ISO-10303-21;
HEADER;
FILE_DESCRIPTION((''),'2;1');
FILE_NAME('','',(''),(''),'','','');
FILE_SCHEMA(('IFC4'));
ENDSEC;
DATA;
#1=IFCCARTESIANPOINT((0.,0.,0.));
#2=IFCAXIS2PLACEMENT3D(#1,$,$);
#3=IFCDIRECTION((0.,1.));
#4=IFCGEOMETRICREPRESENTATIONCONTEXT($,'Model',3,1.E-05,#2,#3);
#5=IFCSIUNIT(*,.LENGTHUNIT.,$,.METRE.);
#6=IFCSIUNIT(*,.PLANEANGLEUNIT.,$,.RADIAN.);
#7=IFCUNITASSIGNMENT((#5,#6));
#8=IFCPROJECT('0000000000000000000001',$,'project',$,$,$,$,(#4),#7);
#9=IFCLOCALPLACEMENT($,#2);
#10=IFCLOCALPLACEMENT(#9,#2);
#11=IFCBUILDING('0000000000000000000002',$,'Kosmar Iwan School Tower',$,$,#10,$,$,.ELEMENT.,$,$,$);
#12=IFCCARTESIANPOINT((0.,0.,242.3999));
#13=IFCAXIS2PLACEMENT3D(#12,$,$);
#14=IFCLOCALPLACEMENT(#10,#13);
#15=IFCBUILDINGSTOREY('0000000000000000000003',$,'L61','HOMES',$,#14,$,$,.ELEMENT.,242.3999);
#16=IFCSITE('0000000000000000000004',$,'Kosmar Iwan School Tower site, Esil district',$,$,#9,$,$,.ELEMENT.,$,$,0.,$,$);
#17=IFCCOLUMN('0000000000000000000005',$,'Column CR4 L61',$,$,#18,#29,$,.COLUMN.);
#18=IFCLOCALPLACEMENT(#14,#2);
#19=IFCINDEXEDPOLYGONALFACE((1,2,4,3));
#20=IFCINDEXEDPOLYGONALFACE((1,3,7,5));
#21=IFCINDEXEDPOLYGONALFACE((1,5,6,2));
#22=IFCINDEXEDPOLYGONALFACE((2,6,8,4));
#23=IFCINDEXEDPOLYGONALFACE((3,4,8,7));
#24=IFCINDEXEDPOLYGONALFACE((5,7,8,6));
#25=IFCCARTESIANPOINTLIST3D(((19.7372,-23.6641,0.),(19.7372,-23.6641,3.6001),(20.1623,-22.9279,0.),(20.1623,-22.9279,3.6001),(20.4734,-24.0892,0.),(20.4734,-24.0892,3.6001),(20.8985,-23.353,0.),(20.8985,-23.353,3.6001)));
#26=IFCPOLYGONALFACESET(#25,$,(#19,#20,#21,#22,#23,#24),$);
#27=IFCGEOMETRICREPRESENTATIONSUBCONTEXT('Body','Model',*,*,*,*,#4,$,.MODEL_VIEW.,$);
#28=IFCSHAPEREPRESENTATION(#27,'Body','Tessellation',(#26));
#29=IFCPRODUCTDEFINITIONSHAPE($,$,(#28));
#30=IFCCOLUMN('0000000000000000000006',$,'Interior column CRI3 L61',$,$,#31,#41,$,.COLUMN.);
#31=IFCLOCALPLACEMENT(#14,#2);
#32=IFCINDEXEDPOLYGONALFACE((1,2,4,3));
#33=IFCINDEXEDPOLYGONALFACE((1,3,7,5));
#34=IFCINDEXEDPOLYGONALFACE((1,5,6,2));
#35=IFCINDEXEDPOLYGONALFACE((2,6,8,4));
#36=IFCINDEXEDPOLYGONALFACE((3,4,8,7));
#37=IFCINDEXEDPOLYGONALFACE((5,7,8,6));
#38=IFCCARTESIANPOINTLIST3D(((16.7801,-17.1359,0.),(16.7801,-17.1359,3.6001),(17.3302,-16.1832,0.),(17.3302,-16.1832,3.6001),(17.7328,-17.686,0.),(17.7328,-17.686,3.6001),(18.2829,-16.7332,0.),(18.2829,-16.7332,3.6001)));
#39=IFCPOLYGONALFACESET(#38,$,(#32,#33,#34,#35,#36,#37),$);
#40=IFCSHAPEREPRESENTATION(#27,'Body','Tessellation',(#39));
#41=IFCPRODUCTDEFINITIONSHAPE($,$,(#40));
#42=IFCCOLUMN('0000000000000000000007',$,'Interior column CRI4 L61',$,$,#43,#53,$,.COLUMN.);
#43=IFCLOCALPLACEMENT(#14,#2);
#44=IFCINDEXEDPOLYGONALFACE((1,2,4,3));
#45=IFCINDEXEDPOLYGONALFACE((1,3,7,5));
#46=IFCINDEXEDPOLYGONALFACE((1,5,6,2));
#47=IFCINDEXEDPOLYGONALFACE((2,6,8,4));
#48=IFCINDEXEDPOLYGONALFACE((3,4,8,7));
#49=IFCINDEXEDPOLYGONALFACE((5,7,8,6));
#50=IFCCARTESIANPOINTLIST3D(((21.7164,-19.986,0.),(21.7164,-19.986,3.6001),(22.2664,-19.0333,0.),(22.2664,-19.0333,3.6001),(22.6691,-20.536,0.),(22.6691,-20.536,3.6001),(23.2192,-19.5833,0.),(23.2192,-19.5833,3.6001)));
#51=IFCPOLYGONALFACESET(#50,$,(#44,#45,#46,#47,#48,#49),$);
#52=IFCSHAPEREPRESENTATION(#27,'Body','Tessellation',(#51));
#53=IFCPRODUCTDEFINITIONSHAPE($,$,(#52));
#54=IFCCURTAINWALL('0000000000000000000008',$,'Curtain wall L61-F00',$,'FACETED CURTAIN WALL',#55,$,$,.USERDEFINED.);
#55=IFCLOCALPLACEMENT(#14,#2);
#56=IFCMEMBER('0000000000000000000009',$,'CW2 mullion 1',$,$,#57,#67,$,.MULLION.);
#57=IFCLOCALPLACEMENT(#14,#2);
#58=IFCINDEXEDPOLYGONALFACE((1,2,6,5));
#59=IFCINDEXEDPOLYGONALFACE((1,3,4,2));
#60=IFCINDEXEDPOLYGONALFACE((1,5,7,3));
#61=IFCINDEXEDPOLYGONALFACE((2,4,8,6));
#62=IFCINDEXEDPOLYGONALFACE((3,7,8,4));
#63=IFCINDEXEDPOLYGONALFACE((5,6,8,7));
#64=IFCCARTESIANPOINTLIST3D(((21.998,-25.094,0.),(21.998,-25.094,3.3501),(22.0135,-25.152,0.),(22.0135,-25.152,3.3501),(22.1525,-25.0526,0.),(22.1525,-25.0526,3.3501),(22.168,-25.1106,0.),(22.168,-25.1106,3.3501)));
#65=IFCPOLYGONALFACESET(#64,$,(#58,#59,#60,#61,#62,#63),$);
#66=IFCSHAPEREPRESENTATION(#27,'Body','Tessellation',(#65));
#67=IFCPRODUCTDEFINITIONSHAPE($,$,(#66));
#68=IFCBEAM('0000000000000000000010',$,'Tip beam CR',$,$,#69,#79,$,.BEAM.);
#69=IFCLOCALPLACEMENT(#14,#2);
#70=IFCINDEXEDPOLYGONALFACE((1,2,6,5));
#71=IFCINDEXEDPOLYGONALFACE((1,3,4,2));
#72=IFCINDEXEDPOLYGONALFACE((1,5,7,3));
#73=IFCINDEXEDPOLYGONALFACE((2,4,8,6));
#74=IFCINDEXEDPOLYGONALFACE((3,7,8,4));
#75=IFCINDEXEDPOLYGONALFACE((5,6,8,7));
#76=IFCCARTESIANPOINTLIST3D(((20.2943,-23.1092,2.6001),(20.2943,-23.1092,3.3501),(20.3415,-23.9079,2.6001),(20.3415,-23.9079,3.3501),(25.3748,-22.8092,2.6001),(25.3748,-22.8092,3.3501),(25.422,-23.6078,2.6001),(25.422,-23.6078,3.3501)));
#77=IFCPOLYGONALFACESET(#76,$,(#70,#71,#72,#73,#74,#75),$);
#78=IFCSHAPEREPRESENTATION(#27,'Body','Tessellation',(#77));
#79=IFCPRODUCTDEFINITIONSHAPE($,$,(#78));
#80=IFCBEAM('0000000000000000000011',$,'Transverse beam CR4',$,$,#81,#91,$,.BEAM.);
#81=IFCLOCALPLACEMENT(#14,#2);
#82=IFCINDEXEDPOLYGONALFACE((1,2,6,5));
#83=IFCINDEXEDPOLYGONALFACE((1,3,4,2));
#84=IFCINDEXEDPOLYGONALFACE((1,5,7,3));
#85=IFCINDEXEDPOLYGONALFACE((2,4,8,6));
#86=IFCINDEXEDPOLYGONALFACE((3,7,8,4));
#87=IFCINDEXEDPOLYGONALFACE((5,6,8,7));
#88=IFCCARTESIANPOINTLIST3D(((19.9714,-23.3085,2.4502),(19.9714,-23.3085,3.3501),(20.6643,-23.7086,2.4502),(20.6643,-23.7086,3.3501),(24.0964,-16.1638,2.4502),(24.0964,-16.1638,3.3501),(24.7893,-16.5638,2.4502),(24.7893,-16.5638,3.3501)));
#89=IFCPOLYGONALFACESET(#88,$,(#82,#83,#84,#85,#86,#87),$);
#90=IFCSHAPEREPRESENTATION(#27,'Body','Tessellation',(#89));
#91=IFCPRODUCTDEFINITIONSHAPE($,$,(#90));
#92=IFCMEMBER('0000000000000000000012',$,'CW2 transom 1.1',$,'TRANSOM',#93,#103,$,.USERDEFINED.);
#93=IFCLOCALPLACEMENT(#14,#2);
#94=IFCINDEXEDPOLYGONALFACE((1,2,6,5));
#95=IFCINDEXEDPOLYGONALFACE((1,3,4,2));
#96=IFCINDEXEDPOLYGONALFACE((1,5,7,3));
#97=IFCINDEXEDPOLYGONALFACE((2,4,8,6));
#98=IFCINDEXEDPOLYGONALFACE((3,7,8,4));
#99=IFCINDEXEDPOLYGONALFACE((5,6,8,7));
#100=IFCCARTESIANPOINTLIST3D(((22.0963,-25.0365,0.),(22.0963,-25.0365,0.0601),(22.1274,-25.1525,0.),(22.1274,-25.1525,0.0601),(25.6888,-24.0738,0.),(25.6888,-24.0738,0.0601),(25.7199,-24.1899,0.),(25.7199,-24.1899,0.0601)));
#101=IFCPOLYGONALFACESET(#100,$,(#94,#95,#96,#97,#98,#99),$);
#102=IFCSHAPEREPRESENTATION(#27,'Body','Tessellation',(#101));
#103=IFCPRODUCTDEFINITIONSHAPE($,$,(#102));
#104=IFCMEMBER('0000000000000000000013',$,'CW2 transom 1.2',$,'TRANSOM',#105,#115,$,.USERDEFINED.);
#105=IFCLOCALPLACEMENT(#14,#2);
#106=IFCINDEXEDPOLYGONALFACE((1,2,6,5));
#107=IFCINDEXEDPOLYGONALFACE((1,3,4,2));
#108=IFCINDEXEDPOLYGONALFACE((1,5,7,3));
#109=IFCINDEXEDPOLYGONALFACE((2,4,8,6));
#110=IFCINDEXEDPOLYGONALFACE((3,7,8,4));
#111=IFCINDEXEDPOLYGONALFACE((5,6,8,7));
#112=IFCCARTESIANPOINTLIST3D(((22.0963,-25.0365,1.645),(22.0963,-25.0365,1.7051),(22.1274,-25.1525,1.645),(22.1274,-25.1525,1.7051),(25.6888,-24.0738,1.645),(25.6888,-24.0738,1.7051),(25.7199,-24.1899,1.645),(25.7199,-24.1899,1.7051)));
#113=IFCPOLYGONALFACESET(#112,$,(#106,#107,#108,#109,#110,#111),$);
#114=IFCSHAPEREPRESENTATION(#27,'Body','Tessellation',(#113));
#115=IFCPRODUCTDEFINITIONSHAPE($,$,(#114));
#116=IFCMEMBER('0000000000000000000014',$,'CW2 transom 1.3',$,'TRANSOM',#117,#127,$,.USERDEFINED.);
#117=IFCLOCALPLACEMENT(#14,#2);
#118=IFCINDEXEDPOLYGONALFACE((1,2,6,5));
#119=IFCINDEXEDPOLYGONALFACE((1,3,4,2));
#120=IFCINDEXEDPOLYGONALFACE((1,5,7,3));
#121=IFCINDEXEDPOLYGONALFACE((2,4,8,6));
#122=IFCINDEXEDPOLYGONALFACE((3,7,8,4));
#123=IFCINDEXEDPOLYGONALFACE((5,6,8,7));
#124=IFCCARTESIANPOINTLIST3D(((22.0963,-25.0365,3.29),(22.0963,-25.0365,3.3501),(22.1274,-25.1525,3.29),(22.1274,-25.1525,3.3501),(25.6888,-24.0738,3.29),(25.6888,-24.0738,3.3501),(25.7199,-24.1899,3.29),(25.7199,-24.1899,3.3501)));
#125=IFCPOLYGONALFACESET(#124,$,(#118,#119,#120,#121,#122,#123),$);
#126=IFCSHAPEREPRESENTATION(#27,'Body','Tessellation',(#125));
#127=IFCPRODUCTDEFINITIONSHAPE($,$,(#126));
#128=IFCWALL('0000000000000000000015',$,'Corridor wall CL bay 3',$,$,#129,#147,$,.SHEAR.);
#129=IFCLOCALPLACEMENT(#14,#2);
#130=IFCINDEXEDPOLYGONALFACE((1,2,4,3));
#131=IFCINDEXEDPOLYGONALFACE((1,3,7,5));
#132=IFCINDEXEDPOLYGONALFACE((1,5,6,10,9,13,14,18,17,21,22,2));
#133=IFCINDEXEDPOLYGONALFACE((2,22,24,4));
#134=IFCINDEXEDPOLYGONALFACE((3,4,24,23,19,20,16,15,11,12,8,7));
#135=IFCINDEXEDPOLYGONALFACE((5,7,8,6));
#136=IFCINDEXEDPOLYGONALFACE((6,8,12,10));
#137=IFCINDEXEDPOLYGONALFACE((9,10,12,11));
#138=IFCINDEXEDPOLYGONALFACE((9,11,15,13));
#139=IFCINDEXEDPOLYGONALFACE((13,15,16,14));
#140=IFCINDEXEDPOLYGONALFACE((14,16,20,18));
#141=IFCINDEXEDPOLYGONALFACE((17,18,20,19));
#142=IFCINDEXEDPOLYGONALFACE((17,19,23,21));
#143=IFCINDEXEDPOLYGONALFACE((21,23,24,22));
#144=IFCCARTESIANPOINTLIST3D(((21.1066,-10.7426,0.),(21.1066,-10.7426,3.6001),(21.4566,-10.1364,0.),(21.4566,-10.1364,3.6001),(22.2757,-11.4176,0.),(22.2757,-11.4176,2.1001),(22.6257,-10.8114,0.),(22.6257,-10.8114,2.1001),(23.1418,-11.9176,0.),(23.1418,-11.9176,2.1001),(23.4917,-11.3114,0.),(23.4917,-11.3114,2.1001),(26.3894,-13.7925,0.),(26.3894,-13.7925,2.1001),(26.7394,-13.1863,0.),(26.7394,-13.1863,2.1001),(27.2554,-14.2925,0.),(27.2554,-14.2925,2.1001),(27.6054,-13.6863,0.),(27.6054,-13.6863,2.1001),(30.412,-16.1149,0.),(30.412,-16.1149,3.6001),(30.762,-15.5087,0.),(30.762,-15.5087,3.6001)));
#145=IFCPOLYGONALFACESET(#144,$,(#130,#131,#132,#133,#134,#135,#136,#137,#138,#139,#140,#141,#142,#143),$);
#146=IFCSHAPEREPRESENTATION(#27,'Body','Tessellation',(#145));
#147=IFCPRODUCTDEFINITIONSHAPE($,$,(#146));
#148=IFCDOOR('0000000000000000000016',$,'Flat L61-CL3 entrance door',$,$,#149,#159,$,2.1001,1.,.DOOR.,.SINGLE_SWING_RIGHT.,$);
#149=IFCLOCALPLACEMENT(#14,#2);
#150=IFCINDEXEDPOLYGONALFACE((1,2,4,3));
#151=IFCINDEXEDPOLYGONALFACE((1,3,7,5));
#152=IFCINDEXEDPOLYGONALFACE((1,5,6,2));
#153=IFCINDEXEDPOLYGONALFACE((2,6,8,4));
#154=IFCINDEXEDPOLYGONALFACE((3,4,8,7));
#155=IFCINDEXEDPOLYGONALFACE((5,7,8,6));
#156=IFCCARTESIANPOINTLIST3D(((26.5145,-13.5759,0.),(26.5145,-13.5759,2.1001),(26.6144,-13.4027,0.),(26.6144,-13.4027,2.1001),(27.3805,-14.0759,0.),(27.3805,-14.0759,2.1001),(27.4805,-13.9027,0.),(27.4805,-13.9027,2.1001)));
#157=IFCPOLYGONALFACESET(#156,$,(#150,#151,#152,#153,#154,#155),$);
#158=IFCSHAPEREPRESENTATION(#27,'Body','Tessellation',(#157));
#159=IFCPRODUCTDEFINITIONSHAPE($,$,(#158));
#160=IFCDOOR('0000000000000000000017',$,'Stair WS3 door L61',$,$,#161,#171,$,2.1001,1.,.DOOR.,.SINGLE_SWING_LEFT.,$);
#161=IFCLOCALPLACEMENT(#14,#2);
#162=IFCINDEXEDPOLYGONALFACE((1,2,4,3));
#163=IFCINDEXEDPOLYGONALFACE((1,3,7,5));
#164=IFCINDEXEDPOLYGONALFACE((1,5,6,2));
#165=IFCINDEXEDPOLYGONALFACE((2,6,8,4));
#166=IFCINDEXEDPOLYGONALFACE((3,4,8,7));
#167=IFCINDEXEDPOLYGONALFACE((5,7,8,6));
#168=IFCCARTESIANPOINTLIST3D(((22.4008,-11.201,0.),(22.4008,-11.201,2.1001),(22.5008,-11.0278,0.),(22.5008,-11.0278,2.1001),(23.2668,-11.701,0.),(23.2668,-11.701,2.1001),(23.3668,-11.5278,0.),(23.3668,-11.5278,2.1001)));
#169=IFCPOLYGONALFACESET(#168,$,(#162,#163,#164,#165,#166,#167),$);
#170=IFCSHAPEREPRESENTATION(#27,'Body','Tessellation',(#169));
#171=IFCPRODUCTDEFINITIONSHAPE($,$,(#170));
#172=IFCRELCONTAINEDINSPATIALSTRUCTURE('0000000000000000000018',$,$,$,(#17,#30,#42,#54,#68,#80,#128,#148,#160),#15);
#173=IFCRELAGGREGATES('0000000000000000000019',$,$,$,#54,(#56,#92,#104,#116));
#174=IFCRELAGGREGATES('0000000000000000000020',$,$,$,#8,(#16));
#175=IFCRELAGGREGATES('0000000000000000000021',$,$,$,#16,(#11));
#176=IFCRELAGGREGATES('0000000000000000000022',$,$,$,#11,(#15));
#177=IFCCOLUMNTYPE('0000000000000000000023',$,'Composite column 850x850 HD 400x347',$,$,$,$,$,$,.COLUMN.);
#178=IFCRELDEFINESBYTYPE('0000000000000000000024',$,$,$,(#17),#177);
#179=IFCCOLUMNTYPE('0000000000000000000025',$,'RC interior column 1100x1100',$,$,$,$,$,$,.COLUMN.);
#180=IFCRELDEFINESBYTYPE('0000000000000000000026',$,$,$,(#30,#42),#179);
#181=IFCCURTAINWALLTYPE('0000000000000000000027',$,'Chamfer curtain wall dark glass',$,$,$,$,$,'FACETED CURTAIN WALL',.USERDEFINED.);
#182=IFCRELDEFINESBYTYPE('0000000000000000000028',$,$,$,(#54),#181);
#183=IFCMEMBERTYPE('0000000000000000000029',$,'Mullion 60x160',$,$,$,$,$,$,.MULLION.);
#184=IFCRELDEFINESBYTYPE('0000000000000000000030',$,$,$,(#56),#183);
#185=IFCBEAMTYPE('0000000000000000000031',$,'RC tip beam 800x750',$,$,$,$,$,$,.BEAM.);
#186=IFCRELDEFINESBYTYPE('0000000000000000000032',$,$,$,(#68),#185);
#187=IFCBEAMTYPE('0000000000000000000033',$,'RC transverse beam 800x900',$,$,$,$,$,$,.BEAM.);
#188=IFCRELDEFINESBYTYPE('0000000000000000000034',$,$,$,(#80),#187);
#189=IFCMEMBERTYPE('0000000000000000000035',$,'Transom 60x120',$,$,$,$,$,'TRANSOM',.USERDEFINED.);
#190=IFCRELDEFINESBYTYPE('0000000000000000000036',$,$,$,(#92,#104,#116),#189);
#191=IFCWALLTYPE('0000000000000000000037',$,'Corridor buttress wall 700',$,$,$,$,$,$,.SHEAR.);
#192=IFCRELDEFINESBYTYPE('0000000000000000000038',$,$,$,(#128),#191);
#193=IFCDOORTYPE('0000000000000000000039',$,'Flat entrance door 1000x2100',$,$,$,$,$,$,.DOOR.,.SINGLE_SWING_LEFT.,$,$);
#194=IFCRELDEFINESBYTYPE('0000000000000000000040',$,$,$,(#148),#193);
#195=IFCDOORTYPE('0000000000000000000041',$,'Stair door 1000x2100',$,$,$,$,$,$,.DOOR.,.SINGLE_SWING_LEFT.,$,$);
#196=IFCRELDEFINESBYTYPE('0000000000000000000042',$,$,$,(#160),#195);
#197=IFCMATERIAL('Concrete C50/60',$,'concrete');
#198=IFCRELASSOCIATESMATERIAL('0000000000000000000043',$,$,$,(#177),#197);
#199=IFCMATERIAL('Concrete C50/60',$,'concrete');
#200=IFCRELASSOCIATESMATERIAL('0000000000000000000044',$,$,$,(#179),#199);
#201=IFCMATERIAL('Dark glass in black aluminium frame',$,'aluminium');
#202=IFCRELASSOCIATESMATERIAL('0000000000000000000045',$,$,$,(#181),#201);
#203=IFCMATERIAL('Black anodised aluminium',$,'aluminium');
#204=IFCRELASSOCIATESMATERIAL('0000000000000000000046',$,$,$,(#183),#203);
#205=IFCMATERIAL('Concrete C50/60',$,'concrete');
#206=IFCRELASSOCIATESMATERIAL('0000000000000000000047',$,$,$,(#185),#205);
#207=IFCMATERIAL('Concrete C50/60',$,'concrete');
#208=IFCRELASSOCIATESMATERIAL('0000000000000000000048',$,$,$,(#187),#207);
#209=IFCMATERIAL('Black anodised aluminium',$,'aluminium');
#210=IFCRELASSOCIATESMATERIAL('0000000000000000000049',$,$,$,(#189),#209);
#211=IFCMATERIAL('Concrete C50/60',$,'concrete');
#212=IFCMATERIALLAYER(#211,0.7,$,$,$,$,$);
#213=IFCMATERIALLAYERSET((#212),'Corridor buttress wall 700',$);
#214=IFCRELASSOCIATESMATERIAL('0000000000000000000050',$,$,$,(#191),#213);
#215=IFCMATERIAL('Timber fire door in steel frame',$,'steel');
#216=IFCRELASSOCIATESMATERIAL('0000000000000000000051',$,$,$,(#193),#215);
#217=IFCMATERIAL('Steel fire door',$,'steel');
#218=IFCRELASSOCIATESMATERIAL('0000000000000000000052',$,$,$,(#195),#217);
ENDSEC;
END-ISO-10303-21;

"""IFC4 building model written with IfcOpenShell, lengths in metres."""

from ifc_helpers import new_model, si_unit, direction, frame, frame_2d, origin, origin_2d, place, context, subcontext, project, spatial, rectangle, extrude, material, layer, layer_set, material_profile, profile_set, type_object, element, fill, aggregate, save


model = new_model("IFC4")

# Units and contexts
model_context = context("Model", 3, precision=1e-05, world=origin(), true_north=direction((0.0, 1.0)))
body_context = subcontext(model_context, "Body", "Model", "MODEL_VIEW")
ifc_project = project(units=[si_unit("LENGTHUNIT", "METRE"), si_unit("PLANEANGLEUNIT", "RADIAN")], contexts=[model_context])

# Site, building, storey
site_placement = place(None, origin())
site = spatial("IfcSite", under=ifc_project, at=site_placement, Name="Kosmar Iwan School Tower site, Esil district", CompositionType="ELEMENT", RefElevation=0.0)
building_placement = place(site_placement, origin())
building = spatial("IfcBuilding", under=site, at=building_placement, Name="Kosmar Iwan School Tower", CompositionType="ELEMENT")
storey_placement = place(building_placement, frame((0.0, 0.0, 242.3999)))
storey = spatial("IfcBuildingStorey", under=building, at=storey_placement, Name="L61", Description="HOMES", CompositionType="ELEMENT", Elevation=242.3999)

# Columns
ifc_material_1 = material(Name="Concrete C50/60", Category="concrete")
ifc_material_profile_1 = material_profile(ifc_material_1, rectangle(XDim=0.8501, YDim=0.8501, at=origin_2d()), Name="RC 850x850 + HD 400x347")
ifc_profile_set_1 = profile_set([ifc_material_profile_1], Name="Concrete C50/60")
column_type_1 = type_object("IfcColumnType", Name="Composite column 850x850 HD 400x347", PredefinedType="COLUMN", material=ifc_profile_set_1)
column_placement = place(storey_placement, frame((20.3179, -23.5085, 0.0), z_axis=(0.0, 0.0, 1.0), x_axis=(0.866025, -0.5, 0.0)))
element("IfcColumn", 1, at=column_placement, inside=storey, type_object=column_type_1, Name="Column CR4 L61", PredefinedType="COLUMN", context=body_context, shape_type="SweptSolid", body=[
    extrude(rectangle(XDim=0.8501, YDim=0.8501, at=origin_2d()), origin(), (0.0, 0.0, 1.0), 3.6001),
])
ifc_material_2 = material(Name="Concrete C50/60", Category="concrete")
ifc_material_profile_2 = material_profile(ifc_material_2, rectangle(XDim=1.1001, YDim=1.1001, at=origin_2d()), Name="RC 1100x1100")
ifc_profile_set_2 = profile_set([ifc_material_profile_2], Name="Concrete C50/60")
column_type_2 = type_object("IfcColumnType", Name="RC interior column 1100x1100", PredefinedType="COLUMN", material=ifc_profile_set_2)
for number, where, z_axis, x_axis, name in (
    (2, (17.5315, -16.9346, 0.0), (0.0, 0.0, 1.0), (0.866025, -0.5, 0.0), "Interior column CRI3 L61"),
    (3, (22.4678, -19.7847, 0.0), (0.0, 0.0, 1.0), (0.866025, -0.5, 0.0), "Interior column CRI4 L61"),
):
    element("IfcColumn", number, at=place(storey_placement, frame(where, z_axis=z_axis, x_axis=x_axis)), inside=storey, type_object=column_type_2, Name=name, PredefinedType="COLUMN", context=body_context, shape_type="SweptSolid", body=[
        extrude(rectangle(XDim=1.1001, YDim=1.1001, at=origin_2d()), origin(), (0.0, 0.0, 1.0), 3.6001),
    ])

# Curtain wall, member
ifc_material_3 = material(Name="Dark glass in black aluminium frame", Category="aluminium")
curtain_wall_type = type_object("IfcCurtainWallType", Name="Chamfer curtain wall dark glass", ElementType="FACETED CURTAIN WALL", PredefinedType="USERDEFINED", material=ifc_material_3)
curtain_wall_placement = place(storey_placement, origin())
curtain_wall = element("IfcCurtainWall", 4, at=curtain_wall_placement, inside=storey, type_object=curtain_wall_type, Name="Curtain wall L61-F00", ObjectType="FACETED CURTAIN WALL", PredefinedType="USERDEFINED")
ifc_material_4 = material(Name="Black anodised aluminium", Category="aluminium")
ifc_material_profile_3 = material_profile(ifc_material_4, rectangle(XDim=0.0601, YDim=0.1599, at=origin_2d()), Name="MULLION 60x160")
ifc_profile_set_3 = profile_set([ifc_material_profile_3], Name="Black anodised aluminium")
member_type_1 = type_object("IfcMemberType", Name="Mullion 60x160", PredefinedType="MULLION", material=ifc_profile_set_3)
member_1_placement = place(storey_placement, frame((22.083, -25.1023, 0.0), z_axis=(0.0, 0.0, 1.0), x_axis=(-0.258819, 0.965926, 0.0)))
member_1 = element("IfcMember", 5, at=member_1_placement, type_object=member_type_1, Name="CW2 mullion 1", PredefinedType="MULLION", context=body_context, shape_type="SweptSolid", body=[
    extrude(rectangle(XDim=0.0601, YDim=0.1599, at=origin_2d()), origin(), (0.0, 0.0, 1.0), 3.3501),
])

# Beams
ifc_material_5 = material(Name="Concrete C50/60", Category="concrete")
ifc_material_profile_4 = material_profile(ifc_material_5, rectangle(XDim=0.8, YDim=0.75, at=origin_2d()), Name="RC 800x750")
ifc_profile_set_4 = profile_set([ifc_material_profile_4], Name="Concrete C50/60")
beam_type_1 = type_object("IfcBeamType", Name="RC tip beam 800x750", PredefinedType="BEAM", material=ifc_profile_set_4)
beam_1_placement = place(storey_placement, frame((20.3179, -23.5085, 2.9751), z_axis=(0.998261, 0.058955, 0.0), x_axis=(-0.058955, 0.998261, 0.0)))
element("IfcBeam", 6, at=beam_1_placement, inside=storey, type_object=beam_type_1, Name="Tip beam CR", PredefinedType="BEAM", context=body_context, shape_type="SweptSolid", body=[
    extrude(rectangle(XDim=0.8, YDim=0.75, at=origin_2d()), origin(), (0.0, 0.0, 1.0), 5.0894),
])
ifc_material_6 = material(Name="Concrete C50/60", Category="concrete")
ifc_material_profile_5 = material_profile(ifc_material_6, rectangle(XDim=0.8, YDim=0.8999, at=origin_2d()), Name="RC 800x900")
ifc_profile_set_5 = profile_set([ifc_material_profile_5], Name="Concrete C50/60")
beam_type_2 = type_object("IfcBeamType", Name="RC transverse beam 800x900", PredefinedType="BEAM", material=ifc_profile_set_5)
beam_2_placement = place(storey_placement, frame((20.3179, -23.5085, 2.9001), z_axis=(0.499997, 0.866027, 0.0), x_axis=(-0.866027, 0.499997, 0.0)))
element("IfcBeam", 7, at=beam_2_placement, inside=storey, type_object=beam_type_2, Name="Transverse beam CR4", PredefinedType="BEAM", context=body_context, shape_type="SweptSolid", body=[
    extrude(rectangle(XDim=0.8, YDim=0.8999, at=origin_2d()), origin(), (0.0, 0.0, 1.0), 8.25),
])

# Members
ifc_material_7 = material(Name="Black anodised aluminium", Category="aluminium")
ifc_material_profile_6 = material_profile(ifc_material_7, rectangle(XDim=0.1201, YDim=0.0601, at=origin_2d()), Name="TRANSOM 60x120")
ifc_profile_set_6 = profile_set([ifc_material_profile_6], Name="Black anodised aluminium")
member_type_2 = type_object("IfcMemberType", Name="Transom 60x120", ElementType="TRANSOM", PredefinedType="USERDEFINED", material=ifc_profile_set_6)
member_2_placement = place(storey_placement, frame((22.1118, -25.0945, 0.03), z_axis=(0.965924, 0.258827, 0.0), x_axis=(-0.258827, 0.965924, 0.0)))
member_2 = element("IfcMember", 8, at=member_2_placement, type_object=member_type_2, Name="CW2 transom 1.1", ObjectType="TRANSOM", PredefinedType="USERDEFINED", context=body_context, shape_type="SweptSolid", body=[
    extrude(rectangle(XDim=0.1201, YDim=0.0601, at=origin_2d()), origin(), (0.0, 0.0, 1.0), 3.7192),
])
member_3_placement = place(storey_placement, frame((22.1118, -25.0945, 1.675), z_axis=(0.965924, 0.258827, 0.0), x_axis=(-0.258827, 0.965924, 0.0)))
member_3 = element("IfcMember", 9, at=member_3_placement, type_object=member_type_2, Name="CW2 transom 1.2", ObjectType="TRANSOM", PredefinedType="USERDEFINED", context=body_context, shape_type="SweptSolid", body=[
    extrude(rectangle(XDim=0.1201, YDim=0.0601, at=origin_2d()), origin(), (0.0, 0.0, 1.0), 3.7192),
])
member_4_placement = place(storey_placement, frame((22.1118, -25.0945, 3.3201), z_axis=(0.965924, 0.258827, 0.0), x_axis=(-0.258827, 0.965924, 0.0)))
member_4 = element("IfcMember", 10, at=member_4_placement, type_object=member_type_2, Name="CW2 transom 1.3", ObjectType="TRANSOM", PredefinedType="USERDEFINED", context=body_context, shape_type="SweptSolid", body=[
    extrude(rectangle(XDim=0.1201, YDim=0.0601, at=origin_2d()), origin(), (0.0, 0.0, 1.0), 3.7192),
])
aggregate(curtain_wall, [member_1, member_2, member_3, member_4])

# Wall, openings, doors
ifc_material_8 = material(Name="Concrete C50/60", Category="concrete")
ifc_layer_1 = layer(ifc_material_8, 0.7)
ifc_layer_set_1 = layer_set([ifc_layer_1], Name="Corridor buttress wall 700")
wall_type_1 = type_object("IfcWallType", Name="Corridor buttress wall 700", PredefinedType="SHEAR", material=ifc_layer_set_1)
wall_1_placement = place(storey_placement, frame((21.2815, -10.4395, 0.0), z_axis=(0.0, 0.0, 1.0), x_axis=(0.866032, -0.499988, 0.0)))
wall_1 = element("IfcWall", 11, at=wall_1_placement, inside=storey, type_object=wall_type_1, Name="Corridor wall CL bay 3", PredefinedType="SHEAR", context=body_context, shape_type="SweptSolid", body=[
    extrude(rectangle(XDim=10.7449, YDim=0.7, at=frame_2d((5.3726, 0.0))), origin(), (0.0, 0.0, 1.0), 3.6001),
])
opening_1_placement = place(wall_1_placement, frame((6.1001, 0.0, 0.0)))
opening_1 = element("IfcOpeningElement", 12, at=opening_1_placement, cuts=wall_1, PredefinedType="OPENING", context=body_context, shape_type="SweptSolid", body=[
    extrude(rectangle(XDim=1.0, YDim=2.1001, at=frame_2d((0.5, 1.05))), frame((0.0, 0.3621, 0.0), z_axis=(0.0, -1.0, 0.0), x_axis=(1.0, 0.0, 0.0)), (0.0, 0.0, 1.0), 0.7239),
])
opening_2_placement = place(wall_1_placement, frame((1.3501, 0.0, 0.0)))
opening_2 = element("IfcOpeningElement", 13, at=opening_2_placement, cuts=wall_1, PredefinedType="OPENING", context=body_context, shape_type="SweptSolid", body=[
    extrude(rectangle(XDim=1.0, YDim=2.1001, at=frame_2d((0.5, 1.05))), frame((0.0, 0.3621, 0.0), z_axis=(0.0, -1.0, 0.0), x_axis=(1.0, 0.0, 0.0)), (0.0, 0.0, 1.0), 0.7239),
])
ifc_material_9 = material(Name="Timber fire door in steel frame", Category="steel")
door_type_1 = type_object("IfcDoorType", Name="Flat entrance door 1000x2100", OperationType="SINGLE_SWING_LEFT", PredefinedType="DOOR", material=ifc_material_9)
door_1_placement = place(opening_1_placement, origin())
door_1 = element("IfcDoor", 14, at=door_1_placement, inside=storey, type_object=door_type_1, Name="Flat L61-CL3 entrance door", OperationType="SINGLE_SWING_RIGHT", OverallHeight=2.1001, OverallWidth=1.0, PredefinedType="DOOR", context=body_context, shape_type="SweptSolid", body=[
    extrude(rectangle(XDim=1.0, YDim=2.1001, at=frame_2d((0.5, 1.05))), frame((0.0, 0.1001, 0.0), z_axis=(0.0, -1.0, 0.0), x_axis=(1.0, 0.0, 0.0)), (0.0, 0.0, 1.0), 0.2),
])
fill(opening_1, door_1)
ifc_material_10 = material(Name="Steel fire door", Category="steel")
door_type_2 = type_object("IfcDoorType", Name="Stair door 1000x2100", OperationType="SINGLE_SWING_LEFT", PredefinedType="DOOR", material=ifc_material_10)
door_2_placement = place(opening_2_placement, origin())
door_2 = element("IfcDoor", 15, at=door_2_placement, inside=storey, type_object=door_type_2, Name="Stair WS3 door L61", OperationType="SINGLE_SWING_LEFT", OverallHeight=2.1001, OverallWidth=1.0, PredefinedType="DOOR", context=body_context, shape_type="SweptSolid", body=[
    extrude(rectangle(XDim=1.0, YDim=2.1001, at=frame_2d((0.5, 1.05))), frame((0.0, 0.1001, 0.0), z_axis=(0.0, -1.0, 0.0), x_axis=(1.0, 0.0, 0.0)), (0.0, 0.0, 1.0), 0.2),
])
fill(opening_2, door_2)

save(model, "model.ifc")
